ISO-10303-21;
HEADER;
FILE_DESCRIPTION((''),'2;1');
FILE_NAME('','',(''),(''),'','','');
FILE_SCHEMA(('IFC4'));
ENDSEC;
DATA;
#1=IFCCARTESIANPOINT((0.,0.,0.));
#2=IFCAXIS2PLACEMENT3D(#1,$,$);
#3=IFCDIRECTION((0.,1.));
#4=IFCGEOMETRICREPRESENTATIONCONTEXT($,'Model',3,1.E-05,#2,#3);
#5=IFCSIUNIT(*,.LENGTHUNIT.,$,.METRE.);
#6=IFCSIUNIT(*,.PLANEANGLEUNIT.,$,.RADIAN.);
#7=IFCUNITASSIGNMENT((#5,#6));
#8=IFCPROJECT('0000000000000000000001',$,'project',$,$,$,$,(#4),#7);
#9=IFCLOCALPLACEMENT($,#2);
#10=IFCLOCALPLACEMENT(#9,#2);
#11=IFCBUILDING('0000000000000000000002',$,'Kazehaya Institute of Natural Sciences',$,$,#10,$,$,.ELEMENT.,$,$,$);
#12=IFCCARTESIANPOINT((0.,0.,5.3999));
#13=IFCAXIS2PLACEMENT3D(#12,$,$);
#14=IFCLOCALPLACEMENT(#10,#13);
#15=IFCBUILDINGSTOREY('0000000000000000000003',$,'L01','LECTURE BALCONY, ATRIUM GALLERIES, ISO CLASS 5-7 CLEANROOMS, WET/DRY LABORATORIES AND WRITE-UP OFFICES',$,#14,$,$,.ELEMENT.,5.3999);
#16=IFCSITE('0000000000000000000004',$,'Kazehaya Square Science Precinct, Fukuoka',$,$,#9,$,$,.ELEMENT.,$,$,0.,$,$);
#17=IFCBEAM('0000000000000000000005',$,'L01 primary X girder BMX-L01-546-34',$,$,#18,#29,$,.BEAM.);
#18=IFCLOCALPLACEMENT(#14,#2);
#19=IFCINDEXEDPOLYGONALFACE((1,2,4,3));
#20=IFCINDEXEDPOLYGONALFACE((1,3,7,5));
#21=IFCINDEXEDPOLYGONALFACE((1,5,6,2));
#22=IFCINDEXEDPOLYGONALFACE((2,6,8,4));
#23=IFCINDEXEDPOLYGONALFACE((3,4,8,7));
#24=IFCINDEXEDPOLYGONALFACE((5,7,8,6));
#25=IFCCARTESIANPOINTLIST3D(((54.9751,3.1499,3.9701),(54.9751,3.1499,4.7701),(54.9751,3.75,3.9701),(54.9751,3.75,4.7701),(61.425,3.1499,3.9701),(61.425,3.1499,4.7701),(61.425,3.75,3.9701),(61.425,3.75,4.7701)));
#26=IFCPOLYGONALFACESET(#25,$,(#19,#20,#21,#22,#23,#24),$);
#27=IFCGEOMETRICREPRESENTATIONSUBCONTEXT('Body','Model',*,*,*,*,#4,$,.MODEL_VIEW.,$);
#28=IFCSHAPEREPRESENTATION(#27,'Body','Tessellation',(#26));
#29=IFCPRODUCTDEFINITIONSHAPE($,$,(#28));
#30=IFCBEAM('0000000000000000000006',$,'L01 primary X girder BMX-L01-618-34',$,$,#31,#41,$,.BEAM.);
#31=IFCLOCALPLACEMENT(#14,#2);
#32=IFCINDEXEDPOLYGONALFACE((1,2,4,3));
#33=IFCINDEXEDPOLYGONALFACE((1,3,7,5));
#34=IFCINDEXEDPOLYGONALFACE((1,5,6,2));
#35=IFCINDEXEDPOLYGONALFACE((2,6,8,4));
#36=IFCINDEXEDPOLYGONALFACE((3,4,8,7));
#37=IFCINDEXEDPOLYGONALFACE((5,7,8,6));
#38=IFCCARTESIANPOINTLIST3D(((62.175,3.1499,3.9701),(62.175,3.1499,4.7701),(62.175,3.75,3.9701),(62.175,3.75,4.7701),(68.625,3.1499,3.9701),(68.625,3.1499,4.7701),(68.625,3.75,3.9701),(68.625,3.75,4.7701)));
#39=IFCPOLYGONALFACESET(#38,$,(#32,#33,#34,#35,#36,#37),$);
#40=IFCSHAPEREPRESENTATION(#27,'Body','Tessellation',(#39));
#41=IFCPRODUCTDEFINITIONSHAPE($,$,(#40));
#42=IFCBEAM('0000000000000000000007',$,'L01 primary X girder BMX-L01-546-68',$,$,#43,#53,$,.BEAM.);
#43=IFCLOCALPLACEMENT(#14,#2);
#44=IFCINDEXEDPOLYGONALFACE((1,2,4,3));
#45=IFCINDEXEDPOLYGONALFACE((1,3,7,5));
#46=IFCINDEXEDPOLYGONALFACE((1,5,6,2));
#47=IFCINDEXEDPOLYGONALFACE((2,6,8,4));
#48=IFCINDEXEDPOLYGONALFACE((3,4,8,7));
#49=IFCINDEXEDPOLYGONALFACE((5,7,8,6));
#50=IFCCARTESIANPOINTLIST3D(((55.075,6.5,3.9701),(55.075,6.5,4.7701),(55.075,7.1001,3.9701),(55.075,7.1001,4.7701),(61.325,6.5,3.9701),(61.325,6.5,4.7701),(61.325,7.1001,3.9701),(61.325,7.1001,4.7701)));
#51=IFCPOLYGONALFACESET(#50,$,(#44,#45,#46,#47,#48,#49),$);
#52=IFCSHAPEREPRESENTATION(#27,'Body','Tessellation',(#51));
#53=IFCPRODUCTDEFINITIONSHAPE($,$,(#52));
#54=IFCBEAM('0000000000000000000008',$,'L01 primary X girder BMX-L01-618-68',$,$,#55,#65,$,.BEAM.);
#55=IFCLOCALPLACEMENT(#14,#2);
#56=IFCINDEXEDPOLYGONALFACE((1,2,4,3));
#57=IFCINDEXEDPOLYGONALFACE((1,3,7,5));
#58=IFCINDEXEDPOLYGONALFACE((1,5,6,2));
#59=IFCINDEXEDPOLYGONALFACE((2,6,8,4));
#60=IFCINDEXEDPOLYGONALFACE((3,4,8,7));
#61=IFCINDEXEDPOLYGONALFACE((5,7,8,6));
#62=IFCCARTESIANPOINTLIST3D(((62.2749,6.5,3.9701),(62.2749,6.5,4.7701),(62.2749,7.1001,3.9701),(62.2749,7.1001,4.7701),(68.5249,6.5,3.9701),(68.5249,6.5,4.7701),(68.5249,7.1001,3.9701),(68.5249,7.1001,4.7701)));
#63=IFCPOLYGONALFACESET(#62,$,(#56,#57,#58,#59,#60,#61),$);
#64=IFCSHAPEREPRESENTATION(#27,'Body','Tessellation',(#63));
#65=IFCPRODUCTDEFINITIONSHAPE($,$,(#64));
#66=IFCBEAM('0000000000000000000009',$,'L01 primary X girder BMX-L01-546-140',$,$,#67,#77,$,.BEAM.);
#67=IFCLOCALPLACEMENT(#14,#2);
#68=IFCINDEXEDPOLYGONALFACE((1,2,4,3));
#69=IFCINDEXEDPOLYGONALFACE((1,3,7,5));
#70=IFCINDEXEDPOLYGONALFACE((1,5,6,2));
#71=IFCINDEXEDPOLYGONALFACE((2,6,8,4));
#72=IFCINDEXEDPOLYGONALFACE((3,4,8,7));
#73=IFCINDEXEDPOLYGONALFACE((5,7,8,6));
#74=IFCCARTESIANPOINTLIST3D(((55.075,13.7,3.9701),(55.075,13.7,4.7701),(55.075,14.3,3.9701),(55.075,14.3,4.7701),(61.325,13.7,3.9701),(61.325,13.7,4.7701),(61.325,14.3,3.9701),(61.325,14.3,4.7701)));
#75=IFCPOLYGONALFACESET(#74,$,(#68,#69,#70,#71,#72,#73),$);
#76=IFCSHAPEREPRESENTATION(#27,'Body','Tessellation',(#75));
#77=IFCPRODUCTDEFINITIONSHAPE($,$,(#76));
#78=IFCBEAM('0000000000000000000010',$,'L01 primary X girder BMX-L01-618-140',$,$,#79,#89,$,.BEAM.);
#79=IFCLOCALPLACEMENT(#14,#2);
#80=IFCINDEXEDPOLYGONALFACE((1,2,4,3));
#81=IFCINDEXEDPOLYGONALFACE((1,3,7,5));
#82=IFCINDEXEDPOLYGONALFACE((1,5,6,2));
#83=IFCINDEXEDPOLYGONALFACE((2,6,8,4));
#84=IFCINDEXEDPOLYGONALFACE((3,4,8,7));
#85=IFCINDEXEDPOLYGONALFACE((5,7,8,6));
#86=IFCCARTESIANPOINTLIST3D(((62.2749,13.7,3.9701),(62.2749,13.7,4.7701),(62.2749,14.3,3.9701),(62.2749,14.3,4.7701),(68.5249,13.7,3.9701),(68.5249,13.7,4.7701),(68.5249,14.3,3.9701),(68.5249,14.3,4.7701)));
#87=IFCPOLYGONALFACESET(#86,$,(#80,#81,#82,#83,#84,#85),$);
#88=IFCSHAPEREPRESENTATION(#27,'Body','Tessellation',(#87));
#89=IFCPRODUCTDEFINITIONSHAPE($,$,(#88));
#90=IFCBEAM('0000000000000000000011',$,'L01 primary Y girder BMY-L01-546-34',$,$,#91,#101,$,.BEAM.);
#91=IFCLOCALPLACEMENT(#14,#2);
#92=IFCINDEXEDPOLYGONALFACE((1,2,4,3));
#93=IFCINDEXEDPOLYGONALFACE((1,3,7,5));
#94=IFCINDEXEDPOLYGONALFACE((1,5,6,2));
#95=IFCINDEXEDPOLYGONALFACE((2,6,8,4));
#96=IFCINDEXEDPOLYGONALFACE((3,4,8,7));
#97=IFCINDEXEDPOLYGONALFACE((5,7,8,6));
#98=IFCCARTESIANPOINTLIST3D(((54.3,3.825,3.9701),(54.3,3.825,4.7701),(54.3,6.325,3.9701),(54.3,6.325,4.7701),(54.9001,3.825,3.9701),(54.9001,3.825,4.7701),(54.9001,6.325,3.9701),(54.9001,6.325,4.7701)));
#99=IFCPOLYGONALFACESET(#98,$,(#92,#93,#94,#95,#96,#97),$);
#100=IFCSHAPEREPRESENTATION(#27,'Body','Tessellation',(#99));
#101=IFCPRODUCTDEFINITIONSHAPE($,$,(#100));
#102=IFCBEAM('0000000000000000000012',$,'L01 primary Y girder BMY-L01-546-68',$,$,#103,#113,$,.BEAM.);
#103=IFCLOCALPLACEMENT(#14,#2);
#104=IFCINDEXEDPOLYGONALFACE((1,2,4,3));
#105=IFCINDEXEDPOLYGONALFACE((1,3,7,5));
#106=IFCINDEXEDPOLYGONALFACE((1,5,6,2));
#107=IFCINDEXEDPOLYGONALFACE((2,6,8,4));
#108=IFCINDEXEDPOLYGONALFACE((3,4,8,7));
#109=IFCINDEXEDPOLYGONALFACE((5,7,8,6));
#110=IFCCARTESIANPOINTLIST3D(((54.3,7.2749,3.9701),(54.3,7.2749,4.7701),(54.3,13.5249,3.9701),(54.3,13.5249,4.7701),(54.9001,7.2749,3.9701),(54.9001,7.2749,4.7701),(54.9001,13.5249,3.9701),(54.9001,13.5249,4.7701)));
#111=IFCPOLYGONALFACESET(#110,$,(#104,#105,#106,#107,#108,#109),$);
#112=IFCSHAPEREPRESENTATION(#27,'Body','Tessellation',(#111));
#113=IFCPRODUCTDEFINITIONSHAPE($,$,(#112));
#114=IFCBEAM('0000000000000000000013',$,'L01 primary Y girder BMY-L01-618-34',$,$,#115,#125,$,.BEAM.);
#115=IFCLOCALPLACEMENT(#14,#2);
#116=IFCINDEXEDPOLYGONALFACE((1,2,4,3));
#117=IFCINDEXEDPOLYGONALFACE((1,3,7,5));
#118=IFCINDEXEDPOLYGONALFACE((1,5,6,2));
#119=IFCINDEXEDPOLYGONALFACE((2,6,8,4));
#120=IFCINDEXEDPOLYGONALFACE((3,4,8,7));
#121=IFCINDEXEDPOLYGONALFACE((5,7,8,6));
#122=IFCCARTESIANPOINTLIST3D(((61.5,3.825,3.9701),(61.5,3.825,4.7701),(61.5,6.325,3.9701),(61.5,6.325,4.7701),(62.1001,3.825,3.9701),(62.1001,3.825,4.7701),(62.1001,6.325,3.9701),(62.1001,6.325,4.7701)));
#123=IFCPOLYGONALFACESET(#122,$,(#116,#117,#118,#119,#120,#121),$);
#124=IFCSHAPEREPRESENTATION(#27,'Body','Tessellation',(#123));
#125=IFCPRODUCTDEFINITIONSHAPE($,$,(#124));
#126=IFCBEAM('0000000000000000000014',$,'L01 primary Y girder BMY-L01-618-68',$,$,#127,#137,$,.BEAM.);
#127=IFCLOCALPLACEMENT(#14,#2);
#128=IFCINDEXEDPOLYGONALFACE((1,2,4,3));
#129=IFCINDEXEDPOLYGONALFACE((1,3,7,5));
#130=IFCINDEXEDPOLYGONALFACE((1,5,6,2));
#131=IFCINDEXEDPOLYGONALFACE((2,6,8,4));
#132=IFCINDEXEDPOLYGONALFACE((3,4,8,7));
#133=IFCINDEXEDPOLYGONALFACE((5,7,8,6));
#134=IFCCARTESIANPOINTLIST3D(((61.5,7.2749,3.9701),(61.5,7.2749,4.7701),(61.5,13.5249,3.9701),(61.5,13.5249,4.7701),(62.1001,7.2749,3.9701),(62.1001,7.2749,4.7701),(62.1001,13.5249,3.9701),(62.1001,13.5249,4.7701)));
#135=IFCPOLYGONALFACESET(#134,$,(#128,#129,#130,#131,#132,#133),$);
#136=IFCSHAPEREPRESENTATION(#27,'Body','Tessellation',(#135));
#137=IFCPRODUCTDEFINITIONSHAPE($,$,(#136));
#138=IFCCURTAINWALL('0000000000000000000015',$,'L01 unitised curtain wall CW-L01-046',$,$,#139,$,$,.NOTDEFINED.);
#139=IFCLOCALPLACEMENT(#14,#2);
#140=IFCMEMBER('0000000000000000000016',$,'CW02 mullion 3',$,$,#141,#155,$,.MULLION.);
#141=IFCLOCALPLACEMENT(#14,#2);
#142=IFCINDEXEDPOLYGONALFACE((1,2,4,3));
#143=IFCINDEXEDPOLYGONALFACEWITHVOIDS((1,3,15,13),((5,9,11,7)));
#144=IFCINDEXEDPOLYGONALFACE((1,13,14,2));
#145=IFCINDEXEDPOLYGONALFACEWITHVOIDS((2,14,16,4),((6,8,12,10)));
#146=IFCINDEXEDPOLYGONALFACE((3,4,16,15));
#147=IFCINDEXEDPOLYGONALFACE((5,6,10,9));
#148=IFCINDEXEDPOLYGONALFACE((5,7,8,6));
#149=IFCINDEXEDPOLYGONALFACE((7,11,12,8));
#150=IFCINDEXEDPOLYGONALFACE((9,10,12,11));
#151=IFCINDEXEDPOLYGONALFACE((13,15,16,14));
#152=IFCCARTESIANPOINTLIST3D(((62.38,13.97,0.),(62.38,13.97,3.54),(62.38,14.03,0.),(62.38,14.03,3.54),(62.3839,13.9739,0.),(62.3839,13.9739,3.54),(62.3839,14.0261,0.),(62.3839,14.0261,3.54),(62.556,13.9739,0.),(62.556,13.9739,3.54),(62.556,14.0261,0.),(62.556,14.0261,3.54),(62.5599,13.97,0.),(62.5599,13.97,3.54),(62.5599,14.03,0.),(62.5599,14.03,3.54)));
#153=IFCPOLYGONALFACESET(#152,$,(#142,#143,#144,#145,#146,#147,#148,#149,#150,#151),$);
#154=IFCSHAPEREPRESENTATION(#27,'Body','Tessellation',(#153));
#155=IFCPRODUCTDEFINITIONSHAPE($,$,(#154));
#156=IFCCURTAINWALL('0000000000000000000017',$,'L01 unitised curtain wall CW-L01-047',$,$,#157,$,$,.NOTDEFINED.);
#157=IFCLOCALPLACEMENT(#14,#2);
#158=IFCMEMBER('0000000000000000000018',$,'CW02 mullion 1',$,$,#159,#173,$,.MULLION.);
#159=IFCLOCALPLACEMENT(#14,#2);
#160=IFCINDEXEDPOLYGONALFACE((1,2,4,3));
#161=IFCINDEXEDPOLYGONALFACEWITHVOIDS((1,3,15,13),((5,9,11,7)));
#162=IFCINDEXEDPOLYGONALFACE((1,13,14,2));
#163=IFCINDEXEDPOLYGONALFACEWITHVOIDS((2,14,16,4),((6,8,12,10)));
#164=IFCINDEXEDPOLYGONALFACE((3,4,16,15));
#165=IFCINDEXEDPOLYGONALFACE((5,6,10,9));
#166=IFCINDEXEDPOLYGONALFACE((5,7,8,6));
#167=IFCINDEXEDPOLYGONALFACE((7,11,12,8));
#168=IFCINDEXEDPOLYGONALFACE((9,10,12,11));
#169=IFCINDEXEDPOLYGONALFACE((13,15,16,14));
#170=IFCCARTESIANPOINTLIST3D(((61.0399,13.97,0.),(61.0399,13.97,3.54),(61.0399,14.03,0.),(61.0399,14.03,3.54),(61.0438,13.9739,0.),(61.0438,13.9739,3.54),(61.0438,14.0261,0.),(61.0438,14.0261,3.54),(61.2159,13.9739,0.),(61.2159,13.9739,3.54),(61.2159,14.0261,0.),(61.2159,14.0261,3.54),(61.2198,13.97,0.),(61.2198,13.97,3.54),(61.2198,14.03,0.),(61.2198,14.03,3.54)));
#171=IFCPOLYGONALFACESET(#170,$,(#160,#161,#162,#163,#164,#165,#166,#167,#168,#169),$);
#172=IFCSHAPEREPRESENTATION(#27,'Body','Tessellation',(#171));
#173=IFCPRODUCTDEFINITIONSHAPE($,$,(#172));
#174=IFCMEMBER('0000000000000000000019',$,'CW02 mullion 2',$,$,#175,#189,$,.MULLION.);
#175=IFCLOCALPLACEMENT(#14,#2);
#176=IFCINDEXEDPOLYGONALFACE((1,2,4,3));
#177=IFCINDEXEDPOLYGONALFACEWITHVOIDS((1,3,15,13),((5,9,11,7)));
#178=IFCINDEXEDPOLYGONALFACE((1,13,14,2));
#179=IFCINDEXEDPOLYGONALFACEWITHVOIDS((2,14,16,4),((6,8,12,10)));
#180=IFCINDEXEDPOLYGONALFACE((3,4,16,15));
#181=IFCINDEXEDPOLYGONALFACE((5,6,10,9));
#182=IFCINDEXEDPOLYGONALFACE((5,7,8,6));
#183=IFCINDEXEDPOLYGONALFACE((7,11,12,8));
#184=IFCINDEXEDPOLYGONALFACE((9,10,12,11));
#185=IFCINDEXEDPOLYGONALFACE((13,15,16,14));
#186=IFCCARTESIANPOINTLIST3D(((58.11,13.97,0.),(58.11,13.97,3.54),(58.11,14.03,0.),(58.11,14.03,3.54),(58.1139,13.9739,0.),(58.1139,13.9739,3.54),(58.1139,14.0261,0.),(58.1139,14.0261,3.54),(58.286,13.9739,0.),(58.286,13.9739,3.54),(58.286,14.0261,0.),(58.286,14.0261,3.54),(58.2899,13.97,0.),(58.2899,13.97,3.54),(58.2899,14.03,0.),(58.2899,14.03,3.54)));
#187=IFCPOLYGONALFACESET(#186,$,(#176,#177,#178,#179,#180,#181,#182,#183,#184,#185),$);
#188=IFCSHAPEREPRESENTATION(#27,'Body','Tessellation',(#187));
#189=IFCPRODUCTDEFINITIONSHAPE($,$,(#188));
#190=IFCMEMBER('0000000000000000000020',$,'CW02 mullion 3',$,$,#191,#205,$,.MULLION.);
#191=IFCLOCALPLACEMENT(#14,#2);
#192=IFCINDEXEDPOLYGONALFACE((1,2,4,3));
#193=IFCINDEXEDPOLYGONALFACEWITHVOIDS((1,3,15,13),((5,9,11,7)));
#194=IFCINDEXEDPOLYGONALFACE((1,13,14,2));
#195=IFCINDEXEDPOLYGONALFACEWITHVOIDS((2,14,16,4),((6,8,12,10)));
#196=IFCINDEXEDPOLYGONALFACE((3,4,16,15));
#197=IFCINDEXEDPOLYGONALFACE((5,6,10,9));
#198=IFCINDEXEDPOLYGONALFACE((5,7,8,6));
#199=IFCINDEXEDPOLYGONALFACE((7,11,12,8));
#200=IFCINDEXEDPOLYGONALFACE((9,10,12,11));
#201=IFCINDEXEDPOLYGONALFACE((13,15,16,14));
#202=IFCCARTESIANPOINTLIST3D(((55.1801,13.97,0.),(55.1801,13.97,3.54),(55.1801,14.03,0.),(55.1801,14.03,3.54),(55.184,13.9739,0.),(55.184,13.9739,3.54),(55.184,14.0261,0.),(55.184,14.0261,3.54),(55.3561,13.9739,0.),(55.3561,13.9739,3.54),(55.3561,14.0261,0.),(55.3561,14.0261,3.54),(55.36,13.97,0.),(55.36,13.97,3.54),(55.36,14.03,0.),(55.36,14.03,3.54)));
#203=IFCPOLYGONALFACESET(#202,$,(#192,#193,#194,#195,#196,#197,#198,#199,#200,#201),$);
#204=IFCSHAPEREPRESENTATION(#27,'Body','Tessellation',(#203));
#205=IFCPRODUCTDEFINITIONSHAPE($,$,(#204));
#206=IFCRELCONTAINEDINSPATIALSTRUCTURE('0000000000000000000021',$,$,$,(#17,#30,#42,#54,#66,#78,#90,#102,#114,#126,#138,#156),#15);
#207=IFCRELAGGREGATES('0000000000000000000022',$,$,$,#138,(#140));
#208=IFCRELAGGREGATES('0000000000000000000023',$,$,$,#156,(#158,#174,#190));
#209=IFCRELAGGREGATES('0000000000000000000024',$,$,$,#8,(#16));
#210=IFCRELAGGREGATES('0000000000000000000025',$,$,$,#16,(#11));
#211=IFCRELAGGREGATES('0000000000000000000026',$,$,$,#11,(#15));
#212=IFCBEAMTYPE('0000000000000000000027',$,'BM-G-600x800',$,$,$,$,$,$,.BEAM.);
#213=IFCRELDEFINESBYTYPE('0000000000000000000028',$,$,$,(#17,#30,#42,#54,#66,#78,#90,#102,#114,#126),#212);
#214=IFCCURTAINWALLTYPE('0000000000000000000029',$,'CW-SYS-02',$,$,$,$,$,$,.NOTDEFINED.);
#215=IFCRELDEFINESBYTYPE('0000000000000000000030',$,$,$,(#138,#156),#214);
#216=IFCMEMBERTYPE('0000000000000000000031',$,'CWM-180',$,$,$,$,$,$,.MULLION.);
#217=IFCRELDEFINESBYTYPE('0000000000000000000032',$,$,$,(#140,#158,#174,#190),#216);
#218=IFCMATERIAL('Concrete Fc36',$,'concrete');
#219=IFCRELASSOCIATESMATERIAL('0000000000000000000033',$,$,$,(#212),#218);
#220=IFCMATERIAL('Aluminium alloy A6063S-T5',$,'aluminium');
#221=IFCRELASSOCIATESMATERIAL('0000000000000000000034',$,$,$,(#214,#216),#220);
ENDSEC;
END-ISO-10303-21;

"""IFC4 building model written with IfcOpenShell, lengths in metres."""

from ifc_helpers import new_model, si_unit, direction, frame, origin, origin_2d, place, context, subcontext, project, spatial, rectangle, hollow_rectangle, extrude, material, material_profile, profile_set, type_object, element, aggregate, save


model = new_model("IFC4")

# Units and contexts
model_context = context("Model", 3, precision=1e-05, world=origin(), true_north=direction((0.0, 1.0)))
body_context = subcontext(model_context, "Body", "Model", "MODEL_VIEW")
ifc_project = project(units=[si_unit("LENGTHUNIT", "METRE"), si_unit("PLANEANGLEUNIT", "RADIAN")], contexts=[model_context])

# Site, building, storey
site_placement = place(None, origin())
site = spatial("IfcSite", under=ifc_project, at=site_placement, Name="Kazehaya Square Science Precinct, Fukuoka", CompositionType="ELEMENT", RefElevation=0.0)
building_placement = place(site_placement, origin())
building = spatial("IfcBuilding", under=site, at=building_placement, Name="Kazehaya Institute of Natural Sciences", CompositionType="ELEMENT")
storey_placement = place(building_placement, frame((0.0, 0.0, 5.3999)))
storey = spatial("IfcBuildingStorey", under=building, at=storey_placement, Name="L01", Description="LECTURE BALCONY, ATRIUM GALLERIES, ISO CLASS 5-7 CLEANROOMS, WET/DRY LABORATORIES AND WRITE-UP OFFICES", CompositionType="ELEMENT", Elevation=5.3999)

# Shared definitions
ifc_material_1 = material(Name="Concrete Fc36", Category="concrete")

# Beams
ifc_material_profile_1 = material_profile(ifc_material_1, rectangle(XDim=0.6001, YDim=0.8, at=origin_2d()), Name="RC-600x800")
ifc_profile_set_1 = profile_set([ifc_material_profile_1], Name="Concrete Fc36")
beam_type_1 = type_object("IfcBeamType", Name="BM-G-600x800", PredefinedType="BEAM", material=ifc_profile_set_1)
for number, where, z_axis, x_axis, name in (
    (1, (54.9751, 3.45, 4.3701), (1.0, 0.0, 0.0), (0.0, 1.0, 0.0), "L01 primary X girder BMX-L01-546-34"),
    (2, (62.175, 3.45, 4.3701), (1.0, 0.0, 0.0), (0.0, 1.0, 0.0), "L01 primary X girder BMX-L01-618-34"),
):
    element("IfcBeam", number, at=place(storey_placement, frame(where, z_axis=z_axis, x_axis=x_axis)), inside=storey, type_object=beam_type_1, Name=name, PredefinedType="BEAM", context=body_context, shape_type="SweptSolid", body=[
        extrude(rectangle(XDim=0.6001, YDim=0.8, at=origin_2d()), origin(), (0.0, 0.0, 1.0), 6.45),
    ])
for number, where, z_axis, x_axis, name in (
    (3, (55.075, 6.8, 4.3701), (1.0, 0.0, 0.0), (0.0, 1.0, 0.0), "L01 primary X girder BMX-L01-546-68"),
    (4, (62.2749, 6.8, 4.3701), (1.0, 0.0, 0.0), (0.0, 1.0, 0.0), "L01 primary X girder BMX-L01-618-68"),
    (5, (55.075, 14.0, 4.3701), (1.0, 0.0, 0.0), (0.0, 1.0, 0.0), "L01 primary X girder BMX-L01-546-140"),
    (6, (62.2749, 14.0, 4.3701), (1.0, 0.0, 0.0), (0.0, 1.0, 0.0), "L01 primary X girder BMX-L01-618-140"),
):
    element("IfcBeam", number, at=place(storey_placement, frame(where, z_axis=z_axis, x_axis=x_axis)), inside=storey, type_object=beam_type_1, Name=name, PredefinedType="BEAM", context=body_context, shape_type="SweptSolid", body=[
        extrude(rectangle(XDim=0.6001, YDim=0.8, at=origin_2d()), origin(), (0.0, 0.0, 1.0), 6.25),
    ])
beam_1_placement = place(storey_placement, frame((54.6001, 3.825, 4.3701), z_axis=(0.0, 1.0, 0.0), x_axis=(-1.0, 0.0, 0.0)))
element("IfcBeam", 7, at=beam_1_placement, inside=storey, type_object=beam_type_1, Name="L01 primary Y girder BMY-L01-546-34", PredefinedType="BEAM", context=body_context, shape_type="SweptSolid", body=[
    extrude(rectangle(XDim=0.6001, YDim=0.8, at=origin_2d()), origin(), (0.0, 0.0, 1.0), 2.5),
])
beam_2_placement = place(storey_placement, frame((54.6001, 7.2749, 4.3701), z_axis=(0.0, 1.0, 0.0), x_axis=(-1.0, 0.0, 0.0)))
element("IfcBeam", 8, at=beam_2_placement, inside=storey, type_object=beam_type_1, Name="L01 primary Y girder BMY-L01-546-68", PredefinedType="BEAM", context=body_context, shape_type="SweptSolid", body=[
    extrude(rectangle(XDim=0.6001, YDim=0.8, at=origin_2d()), origin(), (0.0, 0.0, 1.0), 6.25),
])
beam_3_placement = place(storey_placement, frame((61.8, 3.825, 4.3701), z_axis=(0.0, 1.0, 0.0), x_axis=(-1.0, 0.0, 0.0)))
element("IfcBeam", 9, at=beam_3_placement, inside=storey, type_object=beam_type_1, Name="L01 primary Y girder BMY-L01-618-34", PredefinedType="BEAM", context=body_context, shape_type="SweptSolid", body=[
    extrude(rectangle(XDim=0.6001, YDim=0.8, at=origin_2d()), origin(), (0.0, 0.0, 1.0), 2.5),
])
beam_4_placement = place(storey_placement, frame((61.8, 7.2749, 4.3701), z_axis=(0.0, 1.0, 0.0), x_axis=(-1.0, 0.0, 0.0)))
element("IfcBeam", 10, at=beam_4_placement, inside=storey, type_object=beam_type_1, Name="L01 primary Y girder BMY-L01-618-68", PredefinedType="BEAM", context=body_context, shape_type="SweptSolid", body=[
    extrude(rectangle(XDim=0.6001, YDim=0.8, at=origin_2d()), origin(), (0.0, 0.0, 1.0), 6.25),
])

# Curtain wall, member
ifc_material_2 = material(Name="Aluminium alloy A6063S-T5", Category="aluminium")
curtain_wall_type = type_object("IfcCurtainWallType", Name="CW-SYS-02", PredefinedType="NOTDEFINED", material=ifc_material_2)
curtain_wall_1_placement = place(storey_placement, origin())
curtain_wall_1 = element("IfcCurtainWall", 11, at=curtain_wall_1_placement, inside=storey, type_object=curtain_wall_type, Name="L01 unitised curtain wall CW-L01-046", PredefinedType="NOTDEFINED")
ifc_material_profile_2 = material_profile(ifc_material_2, hollow_rectangle(XDim=0.0601, YDim=0.1799, WallThickness=0.0039, at=origin_2d()), Name="ALU-60x180x4")
ifc_profile_set_2 = profile_set([ifc_material_profile_2], Name="Aluminium alloy A6063S-T5")
member_type_1 = type_object("IfcMemberType", Name="CWM-180", PredefinedType="MULLION", material=ifc_profile_set_2)
member_1_placement = place(storey_placement, frame((62.47, 14.0, 0.0), z_axis=(0.0, 0.0, 1.0), x_axis=(0.0, -1.0, 0.0)))
member_1 = element("IfcMember", 12, at=member_1_placement, type_object=member_type_1, Name="CW02 mullion 3", PredefinedType="MULLION", context=body_context, shape_type="SweptSolid", body=[
    extrude(hollow_rectangle(XDim=0.0601, YDim=0.1799, WallThickness=0.0039, at=origin_2d()), origin(), (0.0, 0.0, 1.0), 3.54),
])
aggregate(curtain_wall_1, [member_1])

# Curtain wall, members
curtain_wall_2_placement = place(storey_placement, origin())
curtain_wall_2 = element("IfcCurtainWall", 13, at=curtain_wall_2_placement, inside=storey, type_object=curtain_wall_type, Name="L01 unitised curtain wall CW-L01-047", PredefinedType="NOTDEFINED")
member_2_placement = place(storey_placement, frame((61.1299, 14.0, 0.0), z_axis=(0.0, 0.0, 1.0), x_axis=(0.0, -1.0, 0.0)))
member_2 = element("IfcMember", 14, at=member_2_placement, type_object=member_type_1, Name="CW02 mullion 1", PredefinedType="MULLION", context=body_context, shape_type="SweptSolid", body=[
    extrude(hollow_rectangle(XDim=0.0601, YDim=0.1799, WallThickness=0.0039, at=origin_2d()), origin(), (0.0, 0.0, 1.0), 3.54),
])
member_3_placement = place(storey_placement, frame((58.2, 14.0, 0.0), z_axis=(0.0, 0.0, 1.0), x_axis=(0.0, -1.0, 0.0)))
member_3 = element("IfcMember", 15, at=member_3_placement, type_object=member_type_1, Name="CW02 mullion 2", PredefinedType="MULLION", context=body_context, shape_type="SweptSolid", body=[
    extrude(hollow_rectangle(XDim=0.0601, YDim=0.1799, WallThickness=0.0039, at=origin_2d()), origin(), (0.0, 0.0, 1.0), 3.54),
])
member_4_placement = place(storey_placement, frame((55.27, 14.0, 0.0), z_axis=(0.0, 0.0, 1.0), x_axis=(0.0, -1.0, 0.0)))
member_4 = element("IfcMember", 16, at=member_4_placement, type_object=member_type_1, Name="CW02 mullion 3", PredefinedType="MULLION", context=body_context, shape_type="SweptSolid", body=[
    extrude(hollow_rectangle(XDim=0.0601, YDim=0.1799, WallThickness=0.0039, at=origin_2d()), origin(), (0.0, 0.0, 1.0), 3.54),
])
aggregate(curtain_wall_2, [member_2, member_3, member_4])

save(model, "model.ifc")
